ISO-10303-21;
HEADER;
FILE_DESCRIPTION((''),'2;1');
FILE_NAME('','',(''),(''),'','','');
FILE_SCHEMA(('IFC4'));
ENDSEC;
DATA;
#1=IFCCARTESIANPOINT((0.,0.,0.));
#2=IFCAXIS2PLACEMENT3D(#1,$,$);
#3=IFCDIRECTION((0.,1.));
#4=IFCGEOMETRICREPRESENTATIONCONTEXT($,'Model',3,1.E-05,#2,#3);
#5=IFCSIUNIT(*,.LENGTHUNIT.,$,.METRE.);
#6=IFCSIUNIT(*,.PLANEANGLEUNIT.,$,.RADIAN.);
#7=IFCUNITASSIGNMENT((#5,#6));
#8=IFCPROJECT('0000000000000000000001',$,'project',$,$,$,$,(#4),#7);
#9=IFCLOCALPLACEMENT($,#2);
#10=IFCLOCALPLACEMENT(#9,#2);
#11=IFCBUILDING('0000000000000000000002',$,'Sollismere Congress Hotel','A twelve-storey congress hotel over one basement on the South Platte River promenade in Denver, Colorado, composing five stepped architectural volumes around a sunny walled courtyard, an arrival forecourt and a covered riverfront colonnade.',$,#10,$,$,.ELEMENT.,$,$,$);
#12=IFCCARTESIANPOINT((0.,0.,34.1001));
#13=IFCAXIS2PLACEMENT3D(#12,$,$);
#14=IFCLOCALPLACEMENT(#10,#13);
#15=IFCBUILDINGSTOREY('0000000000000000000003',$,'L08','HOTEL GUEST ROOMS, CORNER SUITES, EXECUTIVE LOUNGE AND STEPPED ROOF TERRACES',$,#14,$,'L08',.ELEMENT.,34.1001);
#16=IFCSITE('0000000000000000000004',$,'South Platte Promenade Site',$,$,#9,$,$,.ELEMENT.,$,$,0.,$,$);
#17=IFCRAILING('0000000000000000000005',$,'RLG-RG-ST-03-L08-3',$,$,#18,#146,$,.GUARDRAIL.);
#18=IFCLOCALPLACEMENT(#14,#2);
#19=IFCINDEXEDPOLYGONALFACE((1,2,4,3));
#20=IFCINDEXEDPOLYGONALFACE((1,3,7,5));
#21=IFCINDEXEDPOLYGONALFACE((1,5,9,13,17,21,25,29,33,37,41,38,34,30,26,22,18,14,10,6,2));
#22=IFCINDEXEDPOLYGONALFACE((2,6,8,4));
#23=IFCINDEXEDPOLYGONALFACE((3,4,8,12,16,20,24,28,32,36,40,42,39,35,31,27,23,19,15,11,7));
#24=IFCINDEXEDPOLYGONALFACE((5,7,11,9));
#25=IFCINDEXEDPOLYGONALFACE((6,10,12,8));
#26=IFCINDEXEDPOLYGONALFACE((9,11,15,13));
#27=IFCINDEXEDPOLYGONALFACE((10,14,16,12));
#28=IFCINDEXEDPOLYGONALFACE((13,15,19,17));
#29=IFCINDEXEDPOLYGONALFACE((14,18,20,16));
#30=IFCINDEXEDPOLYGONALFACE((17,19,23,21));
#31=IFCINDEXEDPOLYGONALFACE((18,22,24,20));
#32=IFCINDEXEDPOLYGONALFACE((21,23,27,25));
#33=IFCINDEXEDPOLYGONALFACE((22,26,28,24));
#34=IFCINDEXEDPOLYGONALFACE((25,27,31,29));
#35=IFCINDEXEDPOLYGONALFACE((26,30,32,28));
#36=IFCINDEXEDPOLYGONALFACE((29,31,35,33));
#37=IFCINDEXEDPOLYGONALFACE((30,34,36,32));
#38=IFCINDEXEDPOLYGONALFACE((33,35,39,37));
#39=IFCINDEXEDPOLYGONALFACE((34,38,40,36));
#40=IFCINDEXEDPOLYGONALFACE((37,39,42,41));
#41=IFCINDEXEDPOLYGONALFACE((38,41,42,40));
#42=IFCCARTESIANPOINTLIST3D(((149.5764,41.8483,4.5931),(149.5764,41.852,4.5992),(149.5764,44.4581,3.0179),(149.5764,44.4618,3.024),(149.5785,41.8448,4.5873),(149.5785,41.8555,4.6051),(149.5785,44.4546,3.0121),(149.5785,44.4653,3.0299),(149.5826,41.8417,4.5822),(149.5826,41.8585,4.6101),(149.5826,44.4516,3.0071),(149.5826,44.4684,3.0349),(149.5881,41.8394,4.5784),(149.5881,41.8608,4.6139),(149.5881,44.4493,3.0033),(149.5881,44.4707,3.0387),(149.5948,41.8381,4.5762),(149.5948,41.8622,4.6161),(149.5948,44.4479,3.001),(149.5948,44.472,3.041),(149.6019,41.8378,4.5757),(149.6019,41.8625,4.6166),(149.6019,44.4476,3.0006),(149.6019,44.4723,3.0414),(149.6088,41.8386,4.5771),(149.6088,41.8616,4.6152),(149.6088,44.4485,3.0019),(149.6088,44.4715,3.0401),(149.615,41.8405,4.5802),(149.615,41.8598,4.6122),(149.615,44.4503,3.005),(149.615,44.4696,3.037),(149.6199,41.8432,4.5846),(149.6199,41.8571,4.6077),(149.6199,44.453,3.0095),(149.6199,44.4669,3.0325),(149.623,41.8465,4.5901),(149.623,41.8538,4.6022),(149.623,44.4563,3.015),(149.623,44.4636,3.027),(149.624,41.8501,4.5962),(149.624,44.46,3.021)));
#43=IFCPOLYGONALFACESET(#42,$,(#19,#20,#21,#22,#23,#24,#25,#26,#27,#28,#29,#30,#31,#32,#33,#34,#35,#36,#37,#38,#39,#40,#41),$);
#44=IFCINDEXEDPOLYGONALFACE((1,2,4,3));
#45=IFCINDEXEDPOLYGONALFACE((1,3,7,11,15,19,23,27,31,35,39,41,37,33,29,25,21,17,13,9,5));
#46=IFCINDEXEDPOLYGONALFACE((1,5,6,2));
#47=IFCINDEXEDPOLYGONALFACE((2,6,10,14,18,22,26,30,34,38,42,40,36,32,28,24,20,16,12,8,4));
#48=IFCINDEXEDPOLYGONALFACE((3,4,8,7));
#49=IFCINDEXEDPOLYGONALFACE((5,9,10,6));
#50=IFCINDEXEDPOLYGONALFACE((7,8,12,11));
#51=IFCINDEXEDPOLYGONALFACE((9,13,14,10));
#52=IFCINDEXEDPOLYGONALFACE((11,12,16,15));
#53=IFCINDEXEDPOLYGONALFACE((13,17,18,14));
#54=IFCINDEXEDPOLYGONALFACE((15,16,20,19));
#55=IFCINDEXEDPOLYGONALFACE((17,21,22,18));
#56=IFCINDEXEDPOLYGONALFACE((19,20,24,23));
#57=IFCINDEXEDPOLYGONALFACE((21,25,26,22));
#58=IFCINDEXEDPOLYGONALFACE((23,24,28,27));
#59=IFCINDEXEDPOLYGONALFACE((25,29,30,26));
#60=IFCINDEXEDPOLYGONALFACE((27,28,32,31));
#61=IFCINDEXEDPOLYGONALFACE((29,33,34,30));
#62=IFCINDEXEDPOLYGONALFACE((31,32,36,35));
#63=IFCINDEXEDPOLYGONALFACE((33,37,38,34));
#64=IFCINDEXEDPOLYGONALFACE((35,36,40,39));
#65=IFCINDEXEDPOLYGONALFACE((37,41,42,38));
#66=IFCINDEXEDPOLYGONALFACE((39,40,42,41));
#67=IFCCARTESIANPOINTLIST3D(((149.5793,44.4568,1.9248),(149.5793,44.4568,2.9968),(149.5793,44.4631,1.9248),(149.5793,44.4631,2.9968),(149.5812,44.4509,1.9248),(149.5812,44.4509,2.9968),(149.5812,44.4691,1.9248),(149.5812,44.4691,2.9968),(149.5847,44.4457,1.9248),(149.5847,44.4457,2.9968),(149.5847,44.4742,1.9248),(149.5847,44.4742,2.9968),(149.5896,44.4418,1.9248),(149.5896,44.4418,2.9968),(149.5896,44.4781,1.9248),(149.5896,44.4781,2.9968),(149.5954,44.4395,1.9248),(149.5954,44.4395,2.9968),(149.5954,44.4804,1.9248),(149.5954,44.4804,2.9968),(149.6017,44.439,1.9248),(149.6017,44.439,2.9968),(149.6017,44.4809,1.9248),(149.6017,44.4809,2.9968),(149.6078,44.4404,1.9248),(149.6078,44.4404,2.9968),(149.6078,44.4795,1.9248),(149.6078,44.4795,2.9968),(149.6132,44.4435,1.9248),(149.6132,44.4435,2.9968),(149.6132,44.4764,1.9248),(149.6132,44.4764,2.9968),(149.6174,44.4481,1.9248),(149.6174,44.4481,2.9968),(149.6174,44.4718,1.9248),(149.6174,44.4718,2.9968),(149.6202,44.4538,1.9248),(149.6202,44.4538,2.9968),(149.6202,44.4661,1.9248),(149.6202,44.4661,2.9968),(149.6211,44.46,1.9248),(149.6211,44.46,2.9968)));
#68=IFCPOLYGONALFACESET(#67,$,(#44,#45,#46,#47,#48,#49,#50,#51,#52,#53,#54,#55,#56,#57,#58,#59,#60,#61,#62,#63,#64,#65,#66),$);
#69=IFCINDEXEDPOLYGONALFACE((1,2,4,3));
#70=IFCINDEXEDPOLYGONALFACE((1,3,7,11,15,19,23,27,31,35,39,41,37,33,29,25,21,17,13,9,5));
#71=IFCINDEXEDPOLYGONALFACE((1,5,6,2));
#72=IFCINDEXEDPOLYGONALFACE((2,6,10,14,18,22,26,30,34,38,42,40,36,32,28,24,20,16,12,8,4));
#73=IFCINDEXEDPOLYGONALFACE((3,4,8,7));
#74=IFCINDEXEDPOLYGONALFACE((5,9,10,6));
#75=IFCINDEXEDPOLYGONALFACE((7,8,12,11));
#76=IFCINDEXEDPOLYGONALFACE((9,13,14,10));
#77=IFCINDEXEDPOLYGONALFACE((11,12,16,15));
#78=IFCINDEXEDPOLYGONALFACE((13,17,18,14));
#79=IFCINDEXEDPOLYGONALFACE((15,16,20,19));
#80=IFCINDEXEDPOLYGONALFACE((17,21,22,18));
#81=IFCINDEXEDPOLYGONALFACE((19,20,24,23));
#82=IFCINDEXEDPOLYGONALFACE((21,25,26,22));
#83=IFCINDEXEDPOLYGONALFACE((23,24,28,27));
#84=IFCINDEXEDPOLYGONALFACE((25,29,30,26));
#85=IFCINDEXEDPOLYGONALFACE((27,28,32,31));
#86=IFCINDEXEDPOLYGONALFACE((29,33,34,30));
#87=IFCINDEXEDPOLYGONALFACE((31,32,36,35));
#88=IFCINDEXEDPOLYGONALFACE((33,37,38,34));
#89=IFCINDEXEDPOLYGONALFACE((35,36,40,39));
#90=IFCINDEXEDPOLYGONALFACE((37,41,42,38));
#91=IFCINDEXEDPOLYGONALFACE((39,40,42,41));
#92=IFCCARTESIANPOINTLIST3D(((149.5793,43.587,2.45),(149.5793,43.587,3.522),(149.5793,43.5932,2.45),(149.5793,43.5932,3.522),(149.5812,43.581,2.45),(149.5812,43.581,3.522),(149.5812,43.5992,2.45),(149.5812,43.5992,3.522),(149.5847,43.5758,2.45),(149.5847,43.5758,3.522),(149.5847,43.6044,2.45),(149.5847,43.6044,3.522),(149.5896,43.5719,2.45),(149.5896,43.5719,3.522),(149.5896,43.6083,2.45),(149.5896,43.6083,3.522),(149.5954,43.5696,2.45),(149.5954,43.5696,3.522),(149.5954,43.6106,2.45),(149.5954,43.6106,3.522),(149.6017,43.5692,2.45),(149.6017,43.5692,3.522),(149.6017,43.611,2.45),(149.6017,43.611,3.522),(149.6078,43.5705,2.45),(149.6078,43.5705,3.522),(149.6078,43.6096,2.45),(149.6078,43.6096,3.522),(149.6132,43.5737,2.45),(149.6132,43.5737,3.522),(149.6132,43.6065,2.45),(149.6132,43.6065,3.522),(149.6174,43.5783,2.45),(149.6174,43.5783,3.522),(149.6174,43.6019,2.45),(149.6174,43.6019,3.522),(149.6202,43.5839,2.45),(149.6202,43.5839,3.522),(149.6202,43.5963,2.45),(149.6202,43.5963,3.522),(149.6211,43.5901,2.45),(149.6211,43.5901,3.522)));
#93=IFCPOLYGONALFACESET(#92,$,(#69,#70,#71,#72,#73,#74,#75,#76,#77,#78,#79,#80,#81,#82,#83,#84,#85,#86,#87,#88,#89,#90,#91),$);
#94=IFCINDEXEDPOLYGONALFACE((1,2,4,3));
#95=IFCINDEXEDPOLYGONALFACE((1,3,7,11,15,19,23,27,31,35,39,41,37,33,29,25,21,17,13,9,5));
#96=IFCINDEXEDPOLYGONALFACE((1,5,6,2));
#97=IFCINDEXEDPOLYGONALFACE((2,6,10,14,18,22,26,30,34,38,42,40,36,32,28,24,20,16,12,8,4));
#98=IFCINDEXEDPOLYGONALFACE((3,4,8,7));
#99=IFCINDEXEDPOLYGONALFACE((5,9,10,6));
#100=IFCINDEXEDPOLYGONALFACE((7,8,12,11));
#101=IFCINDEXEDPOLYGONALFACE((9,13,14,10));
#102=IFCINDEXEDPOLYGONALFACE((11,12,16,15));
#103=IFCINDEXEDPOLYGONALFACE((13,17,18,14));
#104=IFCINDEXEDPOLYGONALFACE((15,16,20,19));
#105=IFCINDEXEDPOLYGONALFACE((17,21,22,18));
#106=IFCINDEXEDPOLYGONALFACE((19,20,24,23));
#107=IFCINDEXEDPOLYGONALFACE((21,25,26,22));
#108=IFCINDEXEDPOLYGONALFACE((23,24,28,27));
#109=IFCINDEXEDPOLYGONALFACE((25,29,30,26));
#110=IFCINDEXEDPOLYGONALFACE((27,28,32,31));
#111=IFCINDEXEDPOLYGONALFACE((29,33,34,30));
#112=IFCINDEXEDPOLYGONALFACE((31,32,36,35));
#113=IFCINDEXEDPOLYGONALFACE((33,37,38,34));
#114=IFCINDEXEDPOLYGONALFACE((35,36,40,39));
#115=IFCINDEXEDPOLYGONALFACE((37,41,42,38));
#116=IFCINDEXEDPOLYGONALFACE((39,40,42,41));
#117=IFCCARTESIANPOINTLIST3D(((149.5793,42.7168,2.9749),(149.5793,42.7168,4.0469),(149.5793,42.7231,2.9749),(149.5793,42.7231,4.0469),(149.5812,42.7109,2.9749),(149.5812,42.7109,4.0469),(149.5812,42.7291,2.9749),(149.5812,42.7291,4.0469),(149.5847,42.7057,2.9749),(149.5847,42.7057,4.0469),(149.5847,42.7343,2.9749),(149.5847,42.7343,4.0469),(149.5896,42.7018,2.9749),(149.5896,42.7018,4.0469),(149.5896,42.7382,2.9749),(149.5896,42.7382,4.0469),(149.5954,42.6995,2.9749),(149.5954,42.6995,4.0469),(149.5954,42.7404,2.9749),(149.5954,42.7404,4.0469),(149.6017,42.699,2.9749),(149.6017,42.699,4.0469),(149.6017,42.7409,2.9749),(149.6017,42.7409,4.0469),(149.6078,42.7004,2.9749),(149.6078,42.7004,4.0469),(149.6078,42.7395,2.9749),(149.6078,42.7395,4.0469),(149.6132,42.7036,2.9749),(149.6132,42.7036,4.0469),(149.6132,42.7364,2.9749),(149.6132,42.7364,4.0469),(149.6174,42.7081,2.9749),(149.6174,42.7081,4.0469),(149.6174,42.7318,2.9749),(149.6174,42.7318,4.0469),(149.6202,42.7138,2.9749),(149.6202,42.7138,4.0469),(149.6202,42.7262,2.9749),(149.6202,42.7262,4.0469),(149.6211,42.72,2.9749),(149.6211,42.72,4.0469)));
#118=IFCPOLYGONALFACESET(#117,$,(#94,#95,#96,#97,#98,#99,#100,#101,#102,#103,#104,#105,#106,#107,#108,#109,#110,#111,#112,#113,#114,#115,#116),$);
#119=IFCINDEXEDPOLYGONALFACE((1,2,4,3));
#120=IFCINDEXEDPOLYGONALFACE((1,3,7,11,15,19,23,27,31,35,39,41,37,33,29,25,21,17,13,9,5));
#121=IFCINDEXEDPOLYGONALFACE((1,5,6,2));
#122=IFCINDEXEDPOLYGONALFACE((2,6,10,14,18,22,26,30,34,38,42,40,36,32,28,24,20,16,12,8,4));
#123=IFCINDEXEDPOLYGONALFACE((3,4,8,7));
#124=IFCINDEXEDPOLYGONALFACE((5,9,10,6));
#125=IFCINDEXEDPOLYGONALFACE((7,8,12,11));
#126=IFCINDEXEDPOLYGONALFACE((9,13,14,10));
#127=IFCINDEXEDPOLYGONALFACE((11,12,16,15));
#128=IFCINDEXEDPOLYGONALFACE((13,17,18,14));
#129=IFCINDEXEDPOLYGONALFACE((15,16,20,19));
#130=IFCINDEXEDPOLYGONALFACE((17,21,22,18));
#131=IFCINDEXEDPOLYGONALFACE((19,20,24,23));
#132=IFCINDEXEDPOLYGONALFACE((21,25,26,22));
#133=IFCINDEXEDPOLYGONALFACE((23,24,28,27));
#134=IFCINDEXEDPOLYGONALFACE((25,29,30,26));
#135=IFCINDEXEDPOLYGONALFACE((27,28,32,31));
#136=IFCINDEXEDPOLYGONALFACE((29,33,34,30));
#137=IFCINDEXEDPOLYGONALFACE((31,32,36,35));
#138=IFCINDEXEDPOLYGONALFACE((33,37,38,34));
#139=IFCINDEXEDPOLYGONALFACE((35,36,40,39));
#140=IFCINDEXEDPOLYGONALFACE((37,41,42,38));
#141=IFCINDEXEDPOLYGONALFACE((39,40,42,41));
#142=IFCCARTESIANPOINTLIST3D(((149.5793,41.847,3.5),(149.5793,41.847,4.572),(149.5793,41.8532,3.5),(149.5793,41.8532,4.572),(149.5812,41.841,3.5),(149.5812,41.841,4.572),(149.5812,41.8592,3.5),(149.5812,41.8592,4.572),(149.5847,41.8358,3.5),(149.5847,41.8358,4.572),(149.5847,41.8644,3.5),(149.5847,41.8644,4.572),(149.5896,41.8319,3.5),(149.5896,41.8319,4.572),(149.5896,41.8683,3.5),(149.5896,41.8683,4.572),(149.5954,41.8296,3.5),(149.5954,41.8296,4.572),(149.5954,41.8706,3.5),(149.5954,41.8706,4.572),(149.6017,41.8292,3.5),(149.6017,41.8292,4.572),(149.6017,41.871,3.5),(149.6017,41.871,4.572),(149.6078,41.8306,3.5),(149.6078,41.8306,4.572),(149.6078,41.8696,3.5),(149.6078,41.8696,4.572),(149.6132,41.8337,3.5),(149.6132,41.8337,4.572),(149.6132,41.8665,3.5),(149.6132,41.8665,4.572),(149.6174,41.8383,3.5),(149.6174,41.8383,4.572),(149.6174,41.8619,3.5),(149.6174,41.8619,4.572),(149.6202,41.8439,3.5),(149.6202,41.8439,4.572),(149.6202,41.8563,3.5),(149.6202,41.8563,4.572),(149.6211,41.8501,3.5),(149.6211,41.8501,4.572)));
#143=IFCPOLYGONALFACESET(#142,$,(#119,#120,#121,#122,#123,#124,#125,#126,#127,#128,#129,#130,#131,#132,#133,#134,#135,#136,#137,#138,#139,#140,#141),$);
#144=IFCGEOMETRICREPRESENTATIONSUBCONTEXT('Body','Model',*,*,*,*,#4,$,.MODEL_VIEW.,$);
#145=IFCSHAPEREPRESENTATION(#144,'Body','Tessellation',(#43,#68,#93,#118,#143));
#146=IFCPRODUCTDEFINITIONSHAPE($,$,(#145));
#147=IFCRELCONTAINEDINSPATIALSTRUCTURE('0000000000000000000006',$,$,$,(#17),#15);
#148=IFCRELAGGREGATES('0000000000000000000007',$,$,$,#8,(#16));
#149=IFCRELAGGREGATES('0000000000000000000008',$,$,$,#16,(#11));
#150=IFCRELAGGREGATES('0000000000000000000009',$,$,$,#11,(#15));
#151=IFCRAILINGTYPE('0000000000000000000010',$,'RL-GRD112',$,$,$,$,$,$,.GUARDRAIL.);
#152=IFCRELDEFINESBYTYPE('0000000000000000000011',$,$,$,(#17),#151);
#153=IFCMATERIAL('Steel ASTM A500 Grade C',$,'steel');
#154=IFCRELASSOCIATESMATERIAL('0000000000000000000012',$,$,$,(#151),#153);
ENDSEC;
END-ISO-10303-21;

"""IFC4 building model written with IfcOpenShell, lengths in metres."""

from ifc_helpers import new_model, si_unit, direction, frame, origin, origin_2d, place, context, subcontext, project, spatial, circle, extrude, material, type_object, element, save


model = new_model("IFC4")

# Units and contexts
model_context = context("Model", 3, precision=1e-05, world=origin(), true_north=direction((0.0, 1.0)))
body_context = subcontext(model_context, "Body", "Model", "MODEL_VIEW")
ifc_project = project(units=[si_unit("LENGTHUNIT", "METRE"), si_unit("PLANEANGLEUNIT", "RADIAN")], contexts=[model_context])

# Site, building, storey
site_placement = place(None, origin())
site = spatial("IfcSite", under=ifc_project, at=site_placement, Name="South Platte Promenade Site", CompositionType="ELEMENT", RefElevation=0.0)
building_placement = place(site_placement, origin())
building = spatial("IfcBuilding", under=site, at=building_placement, Name="Sollismere Congress Hotel", Description="A twelve-storey congress hotel over one basement on the South Platte River promenade in Denver, Colorado, composing five stepped architectural volumes around a sunny walled courtyard, an arrival forecourt and a covered riverfront colonnade.", CompositionType="ELEMENT")
storey_placement = place(building_placement, frame((0.0, 0.0, 34.1001)))
storey = spatial("IfcBuildingStorey", under=building, at=storey_placement, Name="L08", Description="HOTEL GUEST ROOMS, CORNER SUITES, EXECUTIVE LOUNGE AND STEPPED ROOF TERRACES", LongName="L08", CompositionType="ELEMENT", Elevation=34.1001)

# Railing
ifc_material_1 = material(Name="Steel ASTM A500 Grade C", Category="steel")
railing_type_1 = type_object("IfcRailingType", Name="RL-GRD112", PredefinedType="GUARDRAIL", material=ifc_material_1)
railing_1_placement = place(storey_placement, frame((149.6001, 44.46, 1.9248)))
element("IfcRailing", 1, at=railing_1_placement, inside=storey, type_object=railing_type_1, Name="RLG-RG-ST-03-L08-3", PredefinedType="GUARDRAIL", context=body_context, shape_type="SweptSolid", body=[
    extrude(circle(Radius=0.0239, at=origin_2d()), frame((0.0, 0.0, 1.0962), z_axis=(0.0, -0.856147, 0.516732), x_axis=(1.0, 0.0, 0.0)), (0.0, 0.0, 1.0), 3.0483),
    extrude(circle(Radius=0.021, at=origin_2d()), origin(), (0.0, 0.0, 1.0), 1.072),
    extrude(circle(Radius=0.021, at=origin_2d()), frame((0.0, -0.8699, 0.5251)), (0.0, 0.0, 1.0), 1.072),
    extrude(circle(Radius=0.021, at=origin_2d()), frame((0.0, -1.74, 1.05)), (0.0, 0.0, 1.0), 1.072),
    extrude(circle(Radius=0.021, at=origin_2d()), frame((0.0, -2.6099, 1.5752)), (0.0, 0.0, 1.0), 1.072),
])

save(model, "model.ifc")
